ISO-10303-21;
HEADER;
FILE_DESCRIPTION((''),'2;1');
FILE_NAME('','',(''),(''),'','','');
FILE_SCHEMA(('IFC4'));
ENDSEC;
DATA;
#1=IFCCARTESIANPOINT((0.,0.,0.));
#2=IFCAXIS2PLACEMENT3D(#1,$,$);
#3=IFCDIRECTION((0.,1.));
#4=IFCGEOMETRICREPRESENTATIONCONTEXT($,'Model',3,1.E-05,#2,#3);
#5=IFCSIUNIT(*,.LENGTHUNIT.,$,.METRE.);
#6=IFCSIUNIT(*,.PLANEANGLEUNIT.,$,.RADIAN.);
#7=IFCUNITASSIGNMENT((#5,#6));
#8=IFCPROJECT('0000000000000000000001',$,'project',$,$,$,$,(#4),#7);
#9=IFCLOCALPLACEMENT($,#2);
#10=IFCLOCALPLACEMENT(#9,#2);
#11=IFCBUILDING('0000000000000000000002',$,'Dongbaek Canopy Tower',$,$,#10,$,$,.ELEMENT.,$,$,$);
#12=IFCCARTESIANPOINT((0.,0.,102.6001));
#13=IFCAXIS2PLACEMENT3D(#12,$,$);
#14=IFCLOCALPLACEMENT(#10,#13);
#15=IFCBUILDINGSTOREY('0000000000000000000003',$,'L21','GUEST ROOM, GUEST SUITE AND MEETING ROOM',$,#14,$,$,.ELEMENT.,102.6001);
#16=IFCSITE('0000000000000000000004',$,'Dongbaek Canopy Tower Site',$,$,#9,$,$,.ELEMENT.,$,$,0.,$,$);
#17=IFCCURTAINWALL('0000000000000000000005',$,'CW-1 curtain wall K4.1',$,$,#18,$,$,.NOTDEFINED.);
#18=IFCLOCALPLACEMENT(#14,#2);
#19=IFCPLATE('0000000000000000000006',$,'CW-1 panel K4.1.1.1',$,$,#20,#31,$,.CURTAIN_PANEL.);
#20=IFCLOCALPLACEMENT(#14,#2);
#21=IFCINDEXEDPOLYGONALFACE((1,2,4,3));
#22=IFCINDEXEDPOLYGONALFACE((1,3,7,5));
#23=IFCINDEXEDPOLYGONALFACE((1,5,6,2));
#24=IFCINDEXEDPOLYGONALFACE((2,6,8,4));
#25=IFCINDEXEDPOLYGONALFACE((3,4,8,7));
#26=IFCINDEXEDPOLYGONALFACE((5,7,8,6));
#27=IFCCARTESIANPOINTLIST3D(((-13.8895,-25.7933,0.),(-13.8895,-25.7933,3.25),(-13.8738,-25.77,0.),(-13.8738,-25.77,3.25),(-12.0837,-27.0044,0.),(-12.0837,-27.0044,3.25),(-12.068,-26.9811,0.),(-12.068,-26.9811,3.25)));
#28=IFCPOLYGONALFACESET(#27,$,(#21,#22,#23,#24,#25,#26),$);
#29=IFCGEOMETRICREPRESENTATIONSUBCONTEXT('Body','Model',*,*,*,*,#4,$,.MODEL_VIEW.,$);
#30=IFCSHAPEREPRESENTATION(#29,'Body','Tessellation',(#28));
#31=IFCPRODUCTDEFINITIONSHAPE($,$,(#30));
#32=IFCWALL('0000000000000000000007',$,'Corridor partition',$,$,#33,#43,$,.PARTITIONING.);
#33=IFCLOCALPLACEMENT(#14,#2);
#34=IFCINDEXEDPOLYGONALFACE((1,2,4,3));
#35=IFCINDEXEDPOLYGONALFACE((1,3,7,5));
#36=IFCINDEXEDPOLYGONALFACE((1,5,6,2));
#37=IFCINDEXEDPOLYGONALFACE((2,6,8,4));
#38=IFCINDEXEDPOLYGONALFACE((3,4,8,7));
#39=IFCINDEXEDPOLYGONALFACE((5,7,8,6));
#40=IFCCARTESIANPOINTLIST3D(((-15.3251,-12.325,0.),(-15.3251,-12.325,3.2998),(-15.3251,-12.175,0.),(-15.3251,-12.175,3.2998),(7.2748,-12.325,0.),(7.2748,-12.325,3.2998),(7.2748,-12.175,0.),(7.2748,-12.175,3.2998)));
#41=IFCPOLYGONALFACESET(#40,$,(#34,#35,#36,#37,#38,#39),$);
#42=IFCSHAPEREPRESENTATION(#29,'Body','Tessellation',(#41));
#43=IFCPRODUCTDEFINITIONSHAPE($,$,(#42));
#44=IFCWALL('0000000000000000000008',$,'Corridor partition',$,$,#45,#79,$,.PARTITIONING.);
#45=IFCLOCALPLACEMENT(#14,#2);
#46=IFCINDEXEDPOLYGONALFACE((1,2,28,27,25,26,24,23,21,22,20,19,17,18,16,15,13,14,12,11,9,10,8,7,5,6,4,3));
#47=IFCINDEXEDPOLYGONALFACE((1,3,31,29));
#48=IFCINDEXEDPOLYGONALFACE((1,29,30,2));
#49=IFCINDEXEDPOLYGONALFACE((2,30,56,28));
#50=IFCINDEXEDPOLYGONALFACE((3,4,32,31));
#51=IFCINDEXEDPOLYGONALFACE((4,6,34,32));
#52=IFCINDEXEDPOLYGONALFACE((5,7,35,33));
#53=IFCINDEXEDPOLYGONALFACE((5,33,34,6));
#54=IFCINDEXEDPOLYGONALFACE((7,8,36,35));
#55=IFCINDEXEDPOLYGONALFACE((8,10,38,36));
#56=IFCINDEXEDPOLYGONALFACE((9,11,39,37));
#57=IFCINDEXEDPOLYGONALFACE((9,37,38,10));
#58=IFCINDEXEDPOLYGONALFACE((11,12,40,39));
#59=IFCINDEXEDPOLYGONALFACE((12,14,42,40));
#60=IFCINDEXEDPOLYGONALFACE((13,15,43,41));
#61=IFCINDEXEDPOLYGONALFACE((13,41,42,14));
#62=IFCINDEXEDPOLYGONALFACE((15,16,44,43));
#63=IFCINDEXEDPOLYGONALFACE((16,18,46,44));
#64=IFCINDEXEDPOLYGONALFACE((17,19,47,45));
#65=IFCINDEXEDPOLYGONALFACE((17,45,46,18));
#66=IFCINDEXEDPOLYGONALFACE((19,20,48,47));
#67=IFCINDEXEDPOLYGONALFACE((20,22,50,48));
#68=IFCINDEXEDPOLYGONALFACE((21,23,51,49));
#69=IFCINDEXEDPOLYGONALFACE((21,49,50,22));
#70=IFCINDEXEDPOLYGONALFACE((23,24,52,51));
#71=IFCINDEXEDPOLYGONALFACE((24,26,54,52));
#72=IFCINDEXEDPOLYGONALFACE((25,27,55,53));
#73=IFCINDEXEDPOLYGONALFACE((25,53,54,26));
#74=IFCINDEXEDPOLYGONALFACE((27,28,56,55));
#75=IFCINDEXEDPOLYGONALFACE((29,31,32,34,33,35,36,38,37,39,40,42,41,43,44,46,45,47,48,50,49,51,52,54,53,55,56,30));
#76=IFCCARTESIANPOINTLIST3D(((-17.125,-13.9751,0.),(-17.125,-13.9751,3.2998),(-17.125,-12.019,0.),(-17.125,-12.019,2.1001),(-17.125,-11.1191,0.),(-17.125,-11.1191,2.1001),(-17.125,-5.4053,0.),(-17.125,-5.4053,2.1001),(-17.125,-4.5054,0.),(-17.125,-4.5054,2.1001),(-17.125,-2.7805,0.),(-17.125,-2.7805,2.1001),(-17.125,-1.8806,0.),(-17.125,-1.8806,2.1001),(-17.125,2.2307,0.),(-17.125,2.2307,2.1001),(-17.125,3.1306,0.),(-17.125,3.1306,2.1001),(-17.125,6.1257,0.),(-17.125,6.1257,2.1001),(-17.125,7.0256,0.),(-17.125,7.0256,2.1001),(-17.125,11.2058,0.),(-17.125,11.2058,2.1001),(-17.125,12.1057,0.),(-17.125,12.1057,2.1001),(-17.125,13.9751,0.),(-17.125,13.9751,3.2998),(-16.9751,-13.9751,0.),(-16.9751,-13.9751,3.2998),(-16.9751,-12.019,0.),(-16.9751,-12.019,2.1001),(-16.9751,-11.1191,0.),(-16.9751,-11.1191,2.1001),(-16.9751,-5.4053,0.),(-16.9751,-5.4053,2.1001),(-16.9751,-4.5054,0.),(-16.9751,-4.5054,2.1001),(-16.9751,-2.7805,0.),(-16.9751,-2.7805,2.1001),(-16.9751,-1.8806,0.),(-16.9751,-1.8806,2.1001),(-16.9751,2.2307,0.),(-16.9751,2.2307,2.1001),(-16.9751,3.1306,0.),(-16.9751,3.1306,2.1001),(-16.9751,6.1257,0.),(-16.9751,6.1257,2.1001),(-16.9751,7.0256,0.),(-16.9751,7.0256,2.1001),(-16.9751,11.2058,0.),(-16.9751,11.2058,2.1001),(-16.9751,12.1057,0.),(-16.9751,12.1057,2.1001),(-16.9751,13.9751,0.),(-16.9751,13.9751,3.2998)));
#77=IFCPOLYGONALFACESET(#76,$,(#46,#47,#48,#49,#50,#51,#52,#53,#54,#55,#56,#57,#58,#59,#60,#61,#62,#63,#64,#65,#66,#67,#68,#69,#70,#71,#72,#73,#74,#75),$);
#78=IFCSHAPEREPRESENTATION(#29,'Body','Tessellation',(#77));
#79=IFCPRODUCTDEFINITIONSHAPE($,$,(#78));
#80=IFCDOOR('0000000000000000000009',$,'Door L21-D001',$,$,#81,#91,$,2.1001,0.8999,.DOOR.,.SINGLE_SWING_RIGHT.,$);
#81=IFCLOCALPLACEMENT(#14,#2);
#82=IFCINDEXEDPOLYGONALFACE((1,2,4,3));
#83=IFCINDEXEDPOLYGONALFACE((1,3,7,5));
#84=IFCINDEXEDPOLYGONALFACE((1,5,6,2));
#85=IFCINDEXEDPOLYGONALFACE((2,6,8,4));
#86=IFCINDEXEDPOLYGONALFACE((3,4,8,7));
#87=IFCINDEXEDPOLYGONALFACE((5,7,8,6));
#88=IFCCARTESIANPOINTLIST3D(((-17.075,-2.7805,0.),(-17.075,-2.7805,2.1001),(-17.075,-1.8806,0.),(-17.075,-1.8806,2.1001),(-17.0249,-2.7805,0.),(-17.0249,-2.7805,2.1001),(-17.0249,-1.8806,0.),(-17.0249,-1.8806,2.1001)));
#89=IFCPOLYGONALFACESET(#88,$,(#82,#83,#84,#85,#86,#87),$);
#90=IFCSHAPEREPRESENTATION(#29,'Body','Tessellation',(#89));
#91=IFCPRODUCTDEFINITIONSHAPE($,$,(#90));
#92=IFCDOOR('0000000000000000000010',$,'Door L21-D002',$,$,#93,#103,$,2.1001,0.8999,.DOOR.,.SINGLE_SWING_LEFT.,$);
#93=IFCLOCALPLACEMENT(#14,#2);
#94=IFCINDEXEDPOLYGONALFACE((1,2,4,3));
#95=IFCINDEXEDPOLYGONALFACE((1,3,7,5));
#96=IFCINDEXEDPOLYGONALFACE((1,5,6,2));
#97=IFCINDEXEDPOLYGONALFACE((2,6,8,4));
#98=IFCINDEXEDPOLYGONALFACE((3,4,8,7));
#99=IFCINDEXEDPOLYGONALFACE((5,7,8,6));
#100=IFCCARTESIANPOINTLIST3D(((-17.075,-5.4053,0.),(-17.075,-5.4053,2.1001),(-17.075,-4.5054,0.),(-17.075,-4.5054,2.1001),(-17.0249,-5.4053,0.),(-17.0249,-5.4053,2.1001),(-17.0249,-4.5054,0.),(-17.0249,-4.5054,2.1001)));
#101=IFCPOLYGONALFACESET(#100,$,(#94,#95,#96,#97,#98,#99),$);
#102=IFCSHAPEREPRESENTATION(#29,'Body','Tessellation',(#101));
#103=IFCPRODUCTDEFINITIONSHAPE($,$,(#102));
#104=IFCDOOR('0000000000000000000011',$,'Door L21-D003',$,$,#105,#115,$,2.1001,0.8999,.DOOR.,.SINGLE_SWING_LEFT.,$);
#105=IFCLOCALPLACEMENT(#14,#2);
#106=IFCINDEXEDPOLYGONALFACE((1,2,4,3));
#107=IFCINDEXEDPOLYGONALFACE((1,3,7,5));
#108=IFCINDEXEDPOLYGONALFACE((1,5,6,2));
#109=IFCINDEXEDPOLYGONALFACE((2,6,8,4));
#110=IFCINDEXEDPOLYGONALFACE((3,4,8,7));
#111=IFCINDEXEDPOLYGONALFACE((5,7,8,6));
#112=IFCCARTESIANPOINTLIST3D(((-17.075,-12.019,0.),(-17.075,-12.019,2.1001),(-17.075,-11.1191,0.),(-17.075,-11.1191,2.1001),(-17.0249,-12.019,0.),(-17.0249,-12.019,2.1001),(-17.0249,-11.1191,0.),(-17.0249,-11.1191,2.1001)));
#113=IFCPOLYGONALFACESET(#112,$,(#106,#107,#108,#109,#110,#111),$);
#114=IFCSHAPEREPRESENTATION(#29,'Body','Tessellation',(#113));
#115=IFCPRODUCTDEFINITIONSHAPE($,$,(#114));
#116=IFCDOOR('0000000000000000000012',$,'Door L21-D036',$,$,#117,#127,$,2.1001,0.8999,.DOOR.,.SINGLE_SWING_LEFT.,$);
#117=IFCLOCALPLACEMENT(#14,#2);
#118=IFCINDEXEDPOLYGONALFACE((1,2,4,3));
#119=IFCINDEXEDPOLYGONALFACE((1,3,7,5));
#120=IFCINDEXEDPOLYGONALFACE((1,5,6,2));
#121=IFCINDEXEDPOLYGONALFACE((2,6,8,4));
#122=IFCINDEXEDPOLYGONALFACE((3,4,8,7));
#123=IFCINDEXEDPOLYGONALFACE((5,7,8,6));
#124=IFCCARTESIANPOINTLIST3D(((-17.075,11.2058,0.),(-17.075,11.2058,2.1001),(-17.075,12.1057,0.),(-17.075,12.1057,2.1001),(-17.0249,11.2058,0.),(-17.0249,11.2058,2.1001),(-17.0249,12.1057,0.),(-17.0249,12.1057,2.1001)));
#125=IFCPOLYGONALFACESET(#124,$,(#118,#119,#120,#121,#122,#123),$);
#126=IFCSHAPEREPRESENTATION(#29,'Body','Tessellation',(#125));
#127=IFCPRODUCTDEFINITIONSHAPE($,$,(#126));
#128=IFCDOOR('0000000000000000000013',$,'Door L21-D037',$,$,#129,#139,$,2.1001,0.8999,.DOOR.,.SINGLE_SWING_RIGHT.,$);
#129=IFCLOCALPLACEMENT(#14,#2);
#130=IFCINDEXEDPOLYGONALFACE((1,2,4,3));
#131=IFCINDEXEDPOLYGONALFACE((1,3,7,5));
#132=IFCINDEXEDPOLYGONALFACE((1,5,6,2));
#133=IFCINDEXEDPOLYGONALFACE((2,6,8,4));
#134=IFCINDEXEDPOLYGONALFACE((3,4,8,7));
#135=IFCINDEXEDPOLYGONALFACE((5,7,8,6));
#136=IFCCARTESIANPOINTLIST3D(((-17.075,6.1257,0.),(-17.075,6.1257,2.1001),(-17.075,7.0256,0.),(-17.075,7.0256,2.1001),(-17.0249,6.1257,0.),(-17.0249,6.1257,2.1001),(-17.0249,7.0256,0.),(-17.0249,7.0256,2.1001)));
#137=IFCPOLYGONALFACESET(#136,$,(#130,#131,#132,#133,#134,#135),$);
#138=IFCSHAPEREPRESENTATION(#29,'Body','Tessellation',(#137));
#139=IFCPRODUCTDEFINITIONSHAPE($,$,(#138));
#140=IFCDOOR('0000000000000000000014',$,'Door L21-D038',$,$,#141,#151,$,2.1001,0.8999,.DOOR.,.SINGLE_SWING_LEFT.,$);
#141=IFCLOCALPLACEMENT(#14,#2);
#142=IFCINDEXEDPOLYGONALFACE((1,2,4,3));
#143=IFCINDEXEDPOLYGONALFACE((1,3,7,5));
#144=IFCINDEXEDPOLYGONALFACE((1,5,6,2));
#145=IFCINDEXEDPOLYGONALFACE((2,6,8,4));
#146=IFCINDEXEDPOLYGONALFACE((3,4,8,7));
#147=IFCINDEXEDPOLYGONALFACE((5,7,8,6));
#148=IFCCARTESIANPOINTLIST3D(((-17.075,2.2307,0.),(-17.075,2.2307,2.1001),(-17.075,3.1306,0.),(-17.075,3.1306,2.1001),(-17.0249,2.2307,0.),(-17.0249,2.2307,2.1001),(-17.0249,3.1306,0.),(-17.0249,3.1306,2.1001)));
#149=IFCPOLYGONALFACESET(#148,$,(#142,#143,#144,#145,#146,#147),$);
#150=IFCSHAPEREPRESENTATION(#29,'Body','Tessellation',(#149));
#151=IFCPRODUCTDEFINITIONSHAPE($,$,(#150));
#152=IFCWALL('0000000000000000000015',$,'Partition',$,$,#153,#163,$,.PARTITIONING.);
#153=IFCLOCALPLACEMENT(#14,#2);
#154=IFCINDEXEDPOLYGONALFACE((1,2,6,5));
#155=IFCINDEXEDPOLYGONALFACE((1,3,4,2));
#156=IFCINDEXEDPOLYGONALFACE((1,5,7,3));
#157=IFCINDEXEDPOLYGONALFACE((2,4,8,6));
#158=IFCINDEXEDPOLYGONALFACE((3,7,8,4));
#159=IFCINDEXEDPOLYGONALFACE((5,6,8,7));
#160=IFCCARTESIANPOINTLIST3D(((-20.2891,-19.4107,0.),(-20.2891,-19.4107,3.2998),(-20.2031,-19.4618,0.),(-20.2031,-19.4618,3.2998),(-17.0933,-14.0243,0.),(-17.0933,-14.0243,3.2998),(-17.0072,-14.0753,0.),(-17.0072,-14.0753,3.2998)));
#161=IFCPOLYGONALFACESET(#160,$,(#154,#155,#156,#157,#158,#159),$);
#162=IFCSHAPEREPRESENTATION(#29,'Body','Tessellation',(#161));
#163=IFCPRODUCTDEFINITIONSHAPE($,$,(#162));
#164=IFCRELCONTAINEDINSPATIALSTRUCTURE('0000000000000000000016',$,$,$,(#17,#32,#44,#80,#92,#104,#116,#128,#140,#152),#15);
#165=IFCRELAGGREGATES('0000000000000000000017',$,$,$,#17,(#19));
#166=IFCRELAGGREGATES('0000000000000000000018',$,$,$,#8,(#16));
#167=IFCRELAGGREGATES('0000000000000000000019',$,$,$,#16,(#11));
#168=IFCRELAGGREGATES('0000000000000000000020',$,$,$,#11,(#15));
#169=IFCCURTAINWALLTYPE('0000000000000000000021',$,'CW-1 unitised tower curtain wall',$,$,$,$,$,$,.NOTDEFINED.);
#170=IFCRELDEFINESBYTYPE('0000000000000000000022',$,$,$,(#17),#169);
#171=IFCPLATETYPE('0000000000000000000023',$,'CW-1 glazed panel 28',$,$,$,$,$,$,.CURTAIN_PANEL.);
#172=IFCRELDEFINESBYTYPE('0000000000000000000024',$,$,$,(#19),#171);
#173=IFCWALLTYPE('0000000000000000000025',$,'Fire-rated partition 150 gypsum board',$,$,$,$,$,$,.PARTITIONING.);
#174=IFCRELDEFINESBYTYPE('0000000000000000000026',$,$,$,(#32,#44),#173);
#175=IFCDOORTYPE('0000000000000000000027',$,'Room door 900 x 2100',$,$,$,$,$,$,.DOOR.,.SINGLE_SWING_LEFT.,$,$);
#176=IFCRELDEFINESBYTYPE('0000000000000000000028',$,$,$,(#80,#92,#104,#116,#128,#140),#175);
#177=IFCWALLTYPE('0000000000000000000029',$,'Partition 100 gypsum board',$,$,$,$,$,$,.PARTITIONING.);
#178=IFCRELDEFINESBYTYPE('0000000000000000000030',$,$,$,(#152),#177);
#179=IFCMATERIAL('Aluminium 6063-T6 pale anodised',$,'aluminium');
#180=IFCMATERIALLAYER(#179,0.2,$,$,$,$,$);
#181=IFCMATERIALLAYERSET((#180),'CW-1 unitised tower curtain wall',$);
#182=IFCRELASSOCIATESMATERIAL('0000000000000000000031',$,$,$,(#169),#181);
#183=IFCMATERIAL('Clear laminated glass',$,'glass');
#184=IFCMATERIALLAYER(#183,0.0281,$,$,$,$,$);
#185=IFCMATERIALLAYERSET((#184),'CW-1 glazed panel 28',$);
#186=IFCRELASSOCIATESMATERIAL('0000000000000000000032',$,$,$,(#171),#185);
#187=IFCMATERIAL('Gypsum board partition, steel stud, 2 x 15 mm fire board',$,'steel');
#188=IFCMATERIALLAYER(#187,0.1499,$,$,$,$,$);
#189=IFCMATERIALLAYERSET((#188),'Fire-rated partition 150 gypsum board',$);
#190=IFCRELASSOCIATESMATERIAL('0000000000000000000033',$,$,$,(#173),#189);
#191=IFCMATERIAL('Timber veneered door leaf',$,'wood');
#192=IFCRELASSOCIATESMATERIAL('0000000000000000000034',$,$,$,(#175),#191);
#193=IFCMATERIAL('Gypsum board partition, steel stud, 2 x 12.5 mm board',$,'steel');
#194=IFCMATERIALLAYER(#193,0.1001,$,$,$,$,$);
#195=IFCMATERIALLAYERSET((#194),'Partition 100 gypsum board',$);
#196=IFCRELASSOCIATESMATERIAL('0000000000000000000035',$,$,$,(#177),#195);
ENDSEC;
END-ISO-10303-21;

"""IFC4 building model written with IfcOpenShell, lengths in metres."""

from ifc_helpers import new_model, si_unit, direction, frame, frame_2d, origin, origin_2d, place, context, subcontext, project, spatial, rectangle, extrude, material, layer, layer_set, type_object, element, fill, aggregate, save


model = new_model("IFC4")

# Units and contexts
model_context = context("Model", 3, precision=1e-05, world=origin(), true_north=direction((0.0, 1.0)))
body_context = subcontext(model_context, "Body", "Model", "MODEL_VIEW")
ifc_project = project(units=[si_unit("LENGTHUNIT", "METRE"), si_unit("PLANEANGLEUNIT", "RADIAN")], contexts=[model_context])

# Site, building, storey
site_placement = place(None, origin())
site = spatial("IfcSite", under=ifc_project, at=site_placement, Name="Dongbaek Canopy Tower Site", CompositionType="ELEMENT", RefElevation=0.0)
building_placement = place(site_placement, origin())
building = spatial("IfcBuilding", under=site, at=building_placement, Name="Dongbaek Canopy Tower", CompositionType="ELEMENT")
storey_placement = place(building_placement, frame((0.0, 0.0, 102.6001)))
storey = spatial("IfcBuildingStorey", under=building, at=storey_placement, Name="L21", Description="GUEST ROOM, GUEST SUITE AND MEETING ROOM", CompositionType="ELEMENT", Elevation=102.6001)

# Shared definitions
ifc_material_1 = material(Name="Aluminium 6063-T6 pale anodised", Category="aluminium")
ifc_layer_1 = layer(ifc_material_1, 0.2)
ifc_layer_set_1 = layer_set([ifc_layer_1], Name="CW-1 unitised tower curtain wall")
curtain_wall_type = type_object("IfcCurtainWallType", Name="CW-1 unitised tower curtain wall", PredefinedType="NOTDEFINED", material=ifc_layer_set_1)

# Shared definitions
ifc_material_2 = material(Name="Clear laminated glass", Category="glass")
ifc_layer_2 = layer(ifc_material_2, 0.0281)
ifc_layer_set_2 = layer_set([ifc_layer_2], Name="CW-1 glazed panel 28")
plate_type = type_object("IfcPlateType", Name="CW-1 glazed panel 28", PredefinedType="CURTAIN_PANEL", material=ifc_layer_set_2)

# Curtain wall, plate
curtain_wall_1_placement = place(storey_placement, origin())
curtain_wall_1 = element("IfcCurtainWall", 1, at=curtain_wall_1_placement, inside=storey, type_object=curtain_wall_type, Name="CW-1 curtain wall K4.1", PredefinedType="NOTDEFINED")
plate_1_placement = place(storey_placement, frame((-12.9788, -26.3872, 0.0), z_axis=(0.0, 0.0, 1.0), x_axis=(0.830505, -0.55701, 0.0)))
plate_1 = element("IfcPlate", 2, at=plate_1_placement, type_object=plate_type, Name="CW-1 panel K4.1.1.1", PredefinedType="CURTAIN_PANEL", context=body_context, shape_type="SweptSolid", body=[
    extrude(rectangle(XDim=2.1743, YDim=0.0281, at=origin_2d()), origin(), (0.0, 0.0, 1.0), 3.25),
])
aggregate(curtain_wall_1, [plate_1])

# Wall
ifc_material_3 = material(Name="Gypsum board partition, steel stud, 2 x 15 mm fire board", Category="steel")
ifc_layer_3 = layer(ifc_material_3, 0.1499)
ifc_layer_set_3 = layer_set([ifc_layer_3], Name="Fire-rated partition 150 gypsum board")
wall_type_1 = type_object("IfcWallType", Name="Fire-rated partition 150 gypsum board", PredefinedType="PARTITIONING", material=ifc_layer_set_3)
wall_1_placement = place(storey_placement, frame((-15.325, -12.25, 0.0), z_axis=(0.0, 0.0, 1.0), x_axis=(1.0, 0.0, 0.0)))
element("IfcWall", 3, at=wall_1_placement, inside=storey, type_object=wall_type_1, Name="Corridor partition", PredefinedType="PARTITIONING", context=body_context, shape_type="SweptSolid", body=[
    extrude(rectangle(XDim=22.5999, YDim=0.1499, at=frame_2d((11.2998, 0.0))), origin(), (0.0, 0.0, 1.0), 3.2998),
])

# Wall, openings, doors
wall_2_placement = place(storey_placement, frame((-17.05, -13.9751, 0.0), z_axis=(0.0, 0.0, 1.0), x_axis=(0.0, 1.0, 0.0)))
wall_2 = element("IfcWall", 4, at=wall_2_placement, inside=storey, type_object=wall_type_1, Name="Corridor partition", PredefinedType="PARTITIONING", context=body_context, shape_type="SweptSolid", body=[
    extrude(rectangle(XDim=27.9502, YDim=0.1499, at=frame_2d((13.9751, 0.0))), origin(), (0.0, 0.0, 1.0), 3.2998),
])
opening_1_placement = place(wall_2_placement, frame((11.1946, 0.0, 0.0)))
opening_1 = element("IfcOpeningElement", 5, at=opening_1_placement, cuts=wall_2, PredefinedType="OPENING", context=body_context, shape_type="SweptSolid", body=[
    extrude(rectangle(XDim=0.8999, YDim=2.1001, at=frame_2d((0.45, 1.05))), frame((0.0, 0.085, 0.0), z_axis=(0.0, -1.0, 0.0), x_axis=(1.0, 0.0, 0.0)), (0.0, 0.0, 1.0), 0.1699),
])
opening_2_placement = place(wall_2_placement, frame((8.5698, 0.0, 0.0)))
opening_2 = element("IfcOpeningElement", 6, at=opening_2_placement, cuts=wall_2, PredefinedType="OPENING", context=body_context, shape_type="SweptSolid", body=[
    extrude(rectangle(XDim=0.8999, YDim=2.1001, at=frame_2d((0.45, 1.05))), frame((0.0, 0.085, 0.0), z_axis=(0.0, -1.0, 0.0), x_axis=(1.0, 0.0, 0.0)), (0.0, 0.0, 1.0), 0.1699),
])
opening_3_placement = place(wall_2_placement, frame((1.9561, 0.0, 0.0)))
opening_3 = element("IfcOpeningElement", 7, at=opening_3_placement, cuts=wall_2, PredefinedType="OPENING", context=body_context, shape_type="SweptSolid", body=[
    extrude(rectangle(XDim=0.8999, YDim=2.1001, at=frame_2d((0.45, 1.05))), frame((0.0, 0.085, 0.0), z_axis=(0.0, -1.0, 0.0), x_axis=(1.0, 0.0, 0.0)), (0.0, 0.0, 1.0), 0.1699),
])
opening_4_placement = place(wall_2_placement, frame((25.1809, 0.0, 0.0)))
opening_4 = element("IfcOpeningElement", 8, at=opening_4_placement, cuts=wall_2, PredefinedType="OPENING", context=body_context, shape_type="SweptSolid", body=[
    extrude(rectangle(XDim=0.8999, YDim=2.1001, at=frame_2d((0.45, 1.05))), frame((0.0, 0.085, 0.0), z_axis=(0.0, -1.0, 0.0), x_axis=(1.0, 0.0, 0.0)), (0.0, 0.0, 1.0), 0.1699),
])
opening_5_placement = place(wall_2_placement, frame((20.1008, 0.0, 0.0)))
opening_5 = element("IfcOpeningElement", 9, at=opening_5_placement, cuts=wall_2, PredefinedType="OPENING", context=body_context, shape_type="SweptSolid", body=[
    extrude(rectangle(XDim=0.8999, YDim=2.1001, at=frame_2d((0.45, 1.05))), frame((0.0, 0.085, 0.0), z_axis=(0.0, -1.0, 0.0), x_axis=(1.0, 0.0, 0.0)), (0.0, 0.0, 1.0), 0.1699),
])
opening_6_placement = place(wall_2_placement, frame((16.2058, 0.0, 0.0)))
opening_6 = element("IfcOpeningElement", 10, at=opening_6_placement, cuts=wall_2, PredefinedType="OPENING", context=body_context, shape_type="SweptSolid", body=[
    extrude(rectangle(XDim=0.8999, YDim=2.1001, at=frame_2d((0.45, 1.05))), frame((0.0, 0.085, 0.0), z_axis=(0.0, -1.0, 0.0), x_axis=(1.0, 0.0, 0.0)), (0.0, 0.0, 1.0), 0.1699),
])
ifc_material_4 = material(Name="Timber veneered door leaf", Category="wood")
door_type = type_object("IfcDoorType", Name="Room door 900 x 2100", OperationType="SINGLE_SWING_LEFT", PredefinedType="DOOR", material=ifc_material_4)
door_1_placement = place(opening_1_placement, origin())
door_1 = element("IfcDoor", 11, at=door_1_placement, inside=storey, type_object=door_type, Name="Door L21-D001", OperationType="SINGLE_SWING_RIGHT", OverallHeight=2.1001, OverallWidth=0.8999, PredefinedType="DOOR", context=body_context, shape_type="SweptSolid", body=[
    extrude(rectangle(XDim=0.8999, YDim=2.1001, at=frame_2d((0.45, 1.05))), frame((0.0, 0.0249, 0.0), z_axis=(0.0, -1.0, 0.0), x_axis=(1.0, 0.0, 0.0)), (0.0, 0.0, 1.0), 0.05),
])
fill(opening_1, door_1)
door_2_placement = place(opening_2_placement, origin())
door_2 = element("IfcDoor", 12, at=door_2_placement, inside=storey, type_object=door_type, Name="Door L21-D002", OperationType="SINGLE_SWING_LEFT", OverallHeight=2.1001, OverallWidth=0.8999, PredefinedType="DOOR", context=body_context, shape_type="SweptSolid", body=[
    extrude(rectangle(XDim=0.8999, YDim=2.1001, at=frame_2d((0.45, 1.05))), frame((0.0, 0.0249, 0.0), z_axis=(0.0, -1.0, 0.0), x_axis=(1.0, 0.0, 0.0)), (0.0, 0.0, 1.0), 0.05),
])
fill(opening_2, door_2)
door_3_placement = place(opening_3_placement, origin())
door_3 = element("IfcDoor", 13, at=door_3_placement, inside=storey, type_object=door_type, Name="Door L21-D003", OperationType="SINGLE_SWING_LEFT", OverallHeight=2.1001, OverallWidth=0.8999, PredefinedType="DOOR", context=body_context, shape_type="SweptSolid", body=[
    extrude(rectangle(XDim=0.8999, YDim=2.1001, at=frame_2d((0.45, 1.05))), frame((0.0, 0.0249, 0.0), z_axis=(0.0, -1.0, 0.0), x_axis=(1.0, 0.0, 0.0)), (0.0, 0.0, 1.0), 0.05),
])
fill(opening_3, door_3)
door_4_placement = place(opening_4_placement, origin())
door_4 = element("IfcDoor", 14, at=door_4_placement, inside=storey, type_object=door_type, Name="Door L21-D036", OperationType="SINGLE_SWING_LEFT", OverallHeight=2.1001, OverallWidth=0.8999, PredefinedType="DOOR", context=body_context, shape_type="SweptSolid", body=[
    extrude(rectangle(XDim=0.8999, YDim=2.1001, at=frame_2d((0.45, 1.05))), frame((0.0, 0.0249, 0.0), z_axis=(0.0, -1.0, 0.0), x_axis=(1.0, 0.0, 0.0)), (0.0, 0.0, 1.0), 0.05),
])
fill(opening_4, door_4)
door_5_placement = place(opening_5_placement, origin())
door_5 = element("IfcDoor", 15, at=door_5_placement, inside=storey, type_object=door_type, Name="Door L21-D037", OperationType="SINGLE_SWING_RIGHT", OverallHeight=2.1001, OverallWidth=0.8999, PredefinedType="DOOR", context=body_context, shape_type="SweptSolid", body=[
    extrude(rectangle(XDim=0.8999, YDim=2.1001, at=frame_2d((0.45, 1.05))), frame((0.0, 0.0249, 0.0), z_axis=(0.0, -1.0, 0.0), x_axis=(1.0, 0.0, 0.0)), (0.0, 0.0, 1.0), 0.05),
])
fill(opening_5, door_5)
door_6_placement = place(opening_6_placement, origin())
door_6 = element("IfcDoor", 16, at=door_6_placement, inside=storey, type_object=door_type, Name="Door L21-D038", OperationType="SINGLE_SWING_LEFT", OverallHeight=2.1001, OverallWidth=0.8999, PredefinedType="DOOR", context=body_context, shape_type="SweptSolid", body=[
    extrude(rectangle(XDim=0.8999, YDim=2.1001, at=frame_2d((0.45, 1.05))), frame((0.0, 0.0249, 0.0), z_axis=(0.0, -1.0, 0.0), x_axis=(1.0, 0.0, 0.0)), (0.0, 0.0, 1.0), 0.05),
])
fill(opening_6, door_6)

# Wall
ifc_material_5 = material(Name="Gypsum board partition, steel stud, 2 x 12.5 mm board", Category="steel")
ifc_layer_4 = layer(ifc_material_5, 0.1001)
ifc_layer_set_4 = layer_set([ifc_layer_4], Name="Partition 100 gypsum board")
wall_type_2 = type_object("IfcWallType", Name="Partition 100 gypsum board", PredefinedType="PARTITIONING", material=ifc_layer_set_4)
wall_3_placement = place(storey_placement, frame((-20.2461, -19.4363, 0.0), z_axis=(0.0, 0.0, 1.0), x_axis=(0.510253, 0.860024, 0.0)))
element("IfcWall", 17, at=wall_3_placement, inside=storey, type_object=wall_type_2, Name="Partition", PredefinedType="PARTITIONING", context=body_context, shape_type="SweptSolid", body=[
    extrude(rectangle(XDim=6.2632, YDim=0.1001, at=frame_2d((3.1316, 0.0))), origin(), (0.0, 0.0, 1.0), 3.2998),
])

save(model, "model.ifc")
